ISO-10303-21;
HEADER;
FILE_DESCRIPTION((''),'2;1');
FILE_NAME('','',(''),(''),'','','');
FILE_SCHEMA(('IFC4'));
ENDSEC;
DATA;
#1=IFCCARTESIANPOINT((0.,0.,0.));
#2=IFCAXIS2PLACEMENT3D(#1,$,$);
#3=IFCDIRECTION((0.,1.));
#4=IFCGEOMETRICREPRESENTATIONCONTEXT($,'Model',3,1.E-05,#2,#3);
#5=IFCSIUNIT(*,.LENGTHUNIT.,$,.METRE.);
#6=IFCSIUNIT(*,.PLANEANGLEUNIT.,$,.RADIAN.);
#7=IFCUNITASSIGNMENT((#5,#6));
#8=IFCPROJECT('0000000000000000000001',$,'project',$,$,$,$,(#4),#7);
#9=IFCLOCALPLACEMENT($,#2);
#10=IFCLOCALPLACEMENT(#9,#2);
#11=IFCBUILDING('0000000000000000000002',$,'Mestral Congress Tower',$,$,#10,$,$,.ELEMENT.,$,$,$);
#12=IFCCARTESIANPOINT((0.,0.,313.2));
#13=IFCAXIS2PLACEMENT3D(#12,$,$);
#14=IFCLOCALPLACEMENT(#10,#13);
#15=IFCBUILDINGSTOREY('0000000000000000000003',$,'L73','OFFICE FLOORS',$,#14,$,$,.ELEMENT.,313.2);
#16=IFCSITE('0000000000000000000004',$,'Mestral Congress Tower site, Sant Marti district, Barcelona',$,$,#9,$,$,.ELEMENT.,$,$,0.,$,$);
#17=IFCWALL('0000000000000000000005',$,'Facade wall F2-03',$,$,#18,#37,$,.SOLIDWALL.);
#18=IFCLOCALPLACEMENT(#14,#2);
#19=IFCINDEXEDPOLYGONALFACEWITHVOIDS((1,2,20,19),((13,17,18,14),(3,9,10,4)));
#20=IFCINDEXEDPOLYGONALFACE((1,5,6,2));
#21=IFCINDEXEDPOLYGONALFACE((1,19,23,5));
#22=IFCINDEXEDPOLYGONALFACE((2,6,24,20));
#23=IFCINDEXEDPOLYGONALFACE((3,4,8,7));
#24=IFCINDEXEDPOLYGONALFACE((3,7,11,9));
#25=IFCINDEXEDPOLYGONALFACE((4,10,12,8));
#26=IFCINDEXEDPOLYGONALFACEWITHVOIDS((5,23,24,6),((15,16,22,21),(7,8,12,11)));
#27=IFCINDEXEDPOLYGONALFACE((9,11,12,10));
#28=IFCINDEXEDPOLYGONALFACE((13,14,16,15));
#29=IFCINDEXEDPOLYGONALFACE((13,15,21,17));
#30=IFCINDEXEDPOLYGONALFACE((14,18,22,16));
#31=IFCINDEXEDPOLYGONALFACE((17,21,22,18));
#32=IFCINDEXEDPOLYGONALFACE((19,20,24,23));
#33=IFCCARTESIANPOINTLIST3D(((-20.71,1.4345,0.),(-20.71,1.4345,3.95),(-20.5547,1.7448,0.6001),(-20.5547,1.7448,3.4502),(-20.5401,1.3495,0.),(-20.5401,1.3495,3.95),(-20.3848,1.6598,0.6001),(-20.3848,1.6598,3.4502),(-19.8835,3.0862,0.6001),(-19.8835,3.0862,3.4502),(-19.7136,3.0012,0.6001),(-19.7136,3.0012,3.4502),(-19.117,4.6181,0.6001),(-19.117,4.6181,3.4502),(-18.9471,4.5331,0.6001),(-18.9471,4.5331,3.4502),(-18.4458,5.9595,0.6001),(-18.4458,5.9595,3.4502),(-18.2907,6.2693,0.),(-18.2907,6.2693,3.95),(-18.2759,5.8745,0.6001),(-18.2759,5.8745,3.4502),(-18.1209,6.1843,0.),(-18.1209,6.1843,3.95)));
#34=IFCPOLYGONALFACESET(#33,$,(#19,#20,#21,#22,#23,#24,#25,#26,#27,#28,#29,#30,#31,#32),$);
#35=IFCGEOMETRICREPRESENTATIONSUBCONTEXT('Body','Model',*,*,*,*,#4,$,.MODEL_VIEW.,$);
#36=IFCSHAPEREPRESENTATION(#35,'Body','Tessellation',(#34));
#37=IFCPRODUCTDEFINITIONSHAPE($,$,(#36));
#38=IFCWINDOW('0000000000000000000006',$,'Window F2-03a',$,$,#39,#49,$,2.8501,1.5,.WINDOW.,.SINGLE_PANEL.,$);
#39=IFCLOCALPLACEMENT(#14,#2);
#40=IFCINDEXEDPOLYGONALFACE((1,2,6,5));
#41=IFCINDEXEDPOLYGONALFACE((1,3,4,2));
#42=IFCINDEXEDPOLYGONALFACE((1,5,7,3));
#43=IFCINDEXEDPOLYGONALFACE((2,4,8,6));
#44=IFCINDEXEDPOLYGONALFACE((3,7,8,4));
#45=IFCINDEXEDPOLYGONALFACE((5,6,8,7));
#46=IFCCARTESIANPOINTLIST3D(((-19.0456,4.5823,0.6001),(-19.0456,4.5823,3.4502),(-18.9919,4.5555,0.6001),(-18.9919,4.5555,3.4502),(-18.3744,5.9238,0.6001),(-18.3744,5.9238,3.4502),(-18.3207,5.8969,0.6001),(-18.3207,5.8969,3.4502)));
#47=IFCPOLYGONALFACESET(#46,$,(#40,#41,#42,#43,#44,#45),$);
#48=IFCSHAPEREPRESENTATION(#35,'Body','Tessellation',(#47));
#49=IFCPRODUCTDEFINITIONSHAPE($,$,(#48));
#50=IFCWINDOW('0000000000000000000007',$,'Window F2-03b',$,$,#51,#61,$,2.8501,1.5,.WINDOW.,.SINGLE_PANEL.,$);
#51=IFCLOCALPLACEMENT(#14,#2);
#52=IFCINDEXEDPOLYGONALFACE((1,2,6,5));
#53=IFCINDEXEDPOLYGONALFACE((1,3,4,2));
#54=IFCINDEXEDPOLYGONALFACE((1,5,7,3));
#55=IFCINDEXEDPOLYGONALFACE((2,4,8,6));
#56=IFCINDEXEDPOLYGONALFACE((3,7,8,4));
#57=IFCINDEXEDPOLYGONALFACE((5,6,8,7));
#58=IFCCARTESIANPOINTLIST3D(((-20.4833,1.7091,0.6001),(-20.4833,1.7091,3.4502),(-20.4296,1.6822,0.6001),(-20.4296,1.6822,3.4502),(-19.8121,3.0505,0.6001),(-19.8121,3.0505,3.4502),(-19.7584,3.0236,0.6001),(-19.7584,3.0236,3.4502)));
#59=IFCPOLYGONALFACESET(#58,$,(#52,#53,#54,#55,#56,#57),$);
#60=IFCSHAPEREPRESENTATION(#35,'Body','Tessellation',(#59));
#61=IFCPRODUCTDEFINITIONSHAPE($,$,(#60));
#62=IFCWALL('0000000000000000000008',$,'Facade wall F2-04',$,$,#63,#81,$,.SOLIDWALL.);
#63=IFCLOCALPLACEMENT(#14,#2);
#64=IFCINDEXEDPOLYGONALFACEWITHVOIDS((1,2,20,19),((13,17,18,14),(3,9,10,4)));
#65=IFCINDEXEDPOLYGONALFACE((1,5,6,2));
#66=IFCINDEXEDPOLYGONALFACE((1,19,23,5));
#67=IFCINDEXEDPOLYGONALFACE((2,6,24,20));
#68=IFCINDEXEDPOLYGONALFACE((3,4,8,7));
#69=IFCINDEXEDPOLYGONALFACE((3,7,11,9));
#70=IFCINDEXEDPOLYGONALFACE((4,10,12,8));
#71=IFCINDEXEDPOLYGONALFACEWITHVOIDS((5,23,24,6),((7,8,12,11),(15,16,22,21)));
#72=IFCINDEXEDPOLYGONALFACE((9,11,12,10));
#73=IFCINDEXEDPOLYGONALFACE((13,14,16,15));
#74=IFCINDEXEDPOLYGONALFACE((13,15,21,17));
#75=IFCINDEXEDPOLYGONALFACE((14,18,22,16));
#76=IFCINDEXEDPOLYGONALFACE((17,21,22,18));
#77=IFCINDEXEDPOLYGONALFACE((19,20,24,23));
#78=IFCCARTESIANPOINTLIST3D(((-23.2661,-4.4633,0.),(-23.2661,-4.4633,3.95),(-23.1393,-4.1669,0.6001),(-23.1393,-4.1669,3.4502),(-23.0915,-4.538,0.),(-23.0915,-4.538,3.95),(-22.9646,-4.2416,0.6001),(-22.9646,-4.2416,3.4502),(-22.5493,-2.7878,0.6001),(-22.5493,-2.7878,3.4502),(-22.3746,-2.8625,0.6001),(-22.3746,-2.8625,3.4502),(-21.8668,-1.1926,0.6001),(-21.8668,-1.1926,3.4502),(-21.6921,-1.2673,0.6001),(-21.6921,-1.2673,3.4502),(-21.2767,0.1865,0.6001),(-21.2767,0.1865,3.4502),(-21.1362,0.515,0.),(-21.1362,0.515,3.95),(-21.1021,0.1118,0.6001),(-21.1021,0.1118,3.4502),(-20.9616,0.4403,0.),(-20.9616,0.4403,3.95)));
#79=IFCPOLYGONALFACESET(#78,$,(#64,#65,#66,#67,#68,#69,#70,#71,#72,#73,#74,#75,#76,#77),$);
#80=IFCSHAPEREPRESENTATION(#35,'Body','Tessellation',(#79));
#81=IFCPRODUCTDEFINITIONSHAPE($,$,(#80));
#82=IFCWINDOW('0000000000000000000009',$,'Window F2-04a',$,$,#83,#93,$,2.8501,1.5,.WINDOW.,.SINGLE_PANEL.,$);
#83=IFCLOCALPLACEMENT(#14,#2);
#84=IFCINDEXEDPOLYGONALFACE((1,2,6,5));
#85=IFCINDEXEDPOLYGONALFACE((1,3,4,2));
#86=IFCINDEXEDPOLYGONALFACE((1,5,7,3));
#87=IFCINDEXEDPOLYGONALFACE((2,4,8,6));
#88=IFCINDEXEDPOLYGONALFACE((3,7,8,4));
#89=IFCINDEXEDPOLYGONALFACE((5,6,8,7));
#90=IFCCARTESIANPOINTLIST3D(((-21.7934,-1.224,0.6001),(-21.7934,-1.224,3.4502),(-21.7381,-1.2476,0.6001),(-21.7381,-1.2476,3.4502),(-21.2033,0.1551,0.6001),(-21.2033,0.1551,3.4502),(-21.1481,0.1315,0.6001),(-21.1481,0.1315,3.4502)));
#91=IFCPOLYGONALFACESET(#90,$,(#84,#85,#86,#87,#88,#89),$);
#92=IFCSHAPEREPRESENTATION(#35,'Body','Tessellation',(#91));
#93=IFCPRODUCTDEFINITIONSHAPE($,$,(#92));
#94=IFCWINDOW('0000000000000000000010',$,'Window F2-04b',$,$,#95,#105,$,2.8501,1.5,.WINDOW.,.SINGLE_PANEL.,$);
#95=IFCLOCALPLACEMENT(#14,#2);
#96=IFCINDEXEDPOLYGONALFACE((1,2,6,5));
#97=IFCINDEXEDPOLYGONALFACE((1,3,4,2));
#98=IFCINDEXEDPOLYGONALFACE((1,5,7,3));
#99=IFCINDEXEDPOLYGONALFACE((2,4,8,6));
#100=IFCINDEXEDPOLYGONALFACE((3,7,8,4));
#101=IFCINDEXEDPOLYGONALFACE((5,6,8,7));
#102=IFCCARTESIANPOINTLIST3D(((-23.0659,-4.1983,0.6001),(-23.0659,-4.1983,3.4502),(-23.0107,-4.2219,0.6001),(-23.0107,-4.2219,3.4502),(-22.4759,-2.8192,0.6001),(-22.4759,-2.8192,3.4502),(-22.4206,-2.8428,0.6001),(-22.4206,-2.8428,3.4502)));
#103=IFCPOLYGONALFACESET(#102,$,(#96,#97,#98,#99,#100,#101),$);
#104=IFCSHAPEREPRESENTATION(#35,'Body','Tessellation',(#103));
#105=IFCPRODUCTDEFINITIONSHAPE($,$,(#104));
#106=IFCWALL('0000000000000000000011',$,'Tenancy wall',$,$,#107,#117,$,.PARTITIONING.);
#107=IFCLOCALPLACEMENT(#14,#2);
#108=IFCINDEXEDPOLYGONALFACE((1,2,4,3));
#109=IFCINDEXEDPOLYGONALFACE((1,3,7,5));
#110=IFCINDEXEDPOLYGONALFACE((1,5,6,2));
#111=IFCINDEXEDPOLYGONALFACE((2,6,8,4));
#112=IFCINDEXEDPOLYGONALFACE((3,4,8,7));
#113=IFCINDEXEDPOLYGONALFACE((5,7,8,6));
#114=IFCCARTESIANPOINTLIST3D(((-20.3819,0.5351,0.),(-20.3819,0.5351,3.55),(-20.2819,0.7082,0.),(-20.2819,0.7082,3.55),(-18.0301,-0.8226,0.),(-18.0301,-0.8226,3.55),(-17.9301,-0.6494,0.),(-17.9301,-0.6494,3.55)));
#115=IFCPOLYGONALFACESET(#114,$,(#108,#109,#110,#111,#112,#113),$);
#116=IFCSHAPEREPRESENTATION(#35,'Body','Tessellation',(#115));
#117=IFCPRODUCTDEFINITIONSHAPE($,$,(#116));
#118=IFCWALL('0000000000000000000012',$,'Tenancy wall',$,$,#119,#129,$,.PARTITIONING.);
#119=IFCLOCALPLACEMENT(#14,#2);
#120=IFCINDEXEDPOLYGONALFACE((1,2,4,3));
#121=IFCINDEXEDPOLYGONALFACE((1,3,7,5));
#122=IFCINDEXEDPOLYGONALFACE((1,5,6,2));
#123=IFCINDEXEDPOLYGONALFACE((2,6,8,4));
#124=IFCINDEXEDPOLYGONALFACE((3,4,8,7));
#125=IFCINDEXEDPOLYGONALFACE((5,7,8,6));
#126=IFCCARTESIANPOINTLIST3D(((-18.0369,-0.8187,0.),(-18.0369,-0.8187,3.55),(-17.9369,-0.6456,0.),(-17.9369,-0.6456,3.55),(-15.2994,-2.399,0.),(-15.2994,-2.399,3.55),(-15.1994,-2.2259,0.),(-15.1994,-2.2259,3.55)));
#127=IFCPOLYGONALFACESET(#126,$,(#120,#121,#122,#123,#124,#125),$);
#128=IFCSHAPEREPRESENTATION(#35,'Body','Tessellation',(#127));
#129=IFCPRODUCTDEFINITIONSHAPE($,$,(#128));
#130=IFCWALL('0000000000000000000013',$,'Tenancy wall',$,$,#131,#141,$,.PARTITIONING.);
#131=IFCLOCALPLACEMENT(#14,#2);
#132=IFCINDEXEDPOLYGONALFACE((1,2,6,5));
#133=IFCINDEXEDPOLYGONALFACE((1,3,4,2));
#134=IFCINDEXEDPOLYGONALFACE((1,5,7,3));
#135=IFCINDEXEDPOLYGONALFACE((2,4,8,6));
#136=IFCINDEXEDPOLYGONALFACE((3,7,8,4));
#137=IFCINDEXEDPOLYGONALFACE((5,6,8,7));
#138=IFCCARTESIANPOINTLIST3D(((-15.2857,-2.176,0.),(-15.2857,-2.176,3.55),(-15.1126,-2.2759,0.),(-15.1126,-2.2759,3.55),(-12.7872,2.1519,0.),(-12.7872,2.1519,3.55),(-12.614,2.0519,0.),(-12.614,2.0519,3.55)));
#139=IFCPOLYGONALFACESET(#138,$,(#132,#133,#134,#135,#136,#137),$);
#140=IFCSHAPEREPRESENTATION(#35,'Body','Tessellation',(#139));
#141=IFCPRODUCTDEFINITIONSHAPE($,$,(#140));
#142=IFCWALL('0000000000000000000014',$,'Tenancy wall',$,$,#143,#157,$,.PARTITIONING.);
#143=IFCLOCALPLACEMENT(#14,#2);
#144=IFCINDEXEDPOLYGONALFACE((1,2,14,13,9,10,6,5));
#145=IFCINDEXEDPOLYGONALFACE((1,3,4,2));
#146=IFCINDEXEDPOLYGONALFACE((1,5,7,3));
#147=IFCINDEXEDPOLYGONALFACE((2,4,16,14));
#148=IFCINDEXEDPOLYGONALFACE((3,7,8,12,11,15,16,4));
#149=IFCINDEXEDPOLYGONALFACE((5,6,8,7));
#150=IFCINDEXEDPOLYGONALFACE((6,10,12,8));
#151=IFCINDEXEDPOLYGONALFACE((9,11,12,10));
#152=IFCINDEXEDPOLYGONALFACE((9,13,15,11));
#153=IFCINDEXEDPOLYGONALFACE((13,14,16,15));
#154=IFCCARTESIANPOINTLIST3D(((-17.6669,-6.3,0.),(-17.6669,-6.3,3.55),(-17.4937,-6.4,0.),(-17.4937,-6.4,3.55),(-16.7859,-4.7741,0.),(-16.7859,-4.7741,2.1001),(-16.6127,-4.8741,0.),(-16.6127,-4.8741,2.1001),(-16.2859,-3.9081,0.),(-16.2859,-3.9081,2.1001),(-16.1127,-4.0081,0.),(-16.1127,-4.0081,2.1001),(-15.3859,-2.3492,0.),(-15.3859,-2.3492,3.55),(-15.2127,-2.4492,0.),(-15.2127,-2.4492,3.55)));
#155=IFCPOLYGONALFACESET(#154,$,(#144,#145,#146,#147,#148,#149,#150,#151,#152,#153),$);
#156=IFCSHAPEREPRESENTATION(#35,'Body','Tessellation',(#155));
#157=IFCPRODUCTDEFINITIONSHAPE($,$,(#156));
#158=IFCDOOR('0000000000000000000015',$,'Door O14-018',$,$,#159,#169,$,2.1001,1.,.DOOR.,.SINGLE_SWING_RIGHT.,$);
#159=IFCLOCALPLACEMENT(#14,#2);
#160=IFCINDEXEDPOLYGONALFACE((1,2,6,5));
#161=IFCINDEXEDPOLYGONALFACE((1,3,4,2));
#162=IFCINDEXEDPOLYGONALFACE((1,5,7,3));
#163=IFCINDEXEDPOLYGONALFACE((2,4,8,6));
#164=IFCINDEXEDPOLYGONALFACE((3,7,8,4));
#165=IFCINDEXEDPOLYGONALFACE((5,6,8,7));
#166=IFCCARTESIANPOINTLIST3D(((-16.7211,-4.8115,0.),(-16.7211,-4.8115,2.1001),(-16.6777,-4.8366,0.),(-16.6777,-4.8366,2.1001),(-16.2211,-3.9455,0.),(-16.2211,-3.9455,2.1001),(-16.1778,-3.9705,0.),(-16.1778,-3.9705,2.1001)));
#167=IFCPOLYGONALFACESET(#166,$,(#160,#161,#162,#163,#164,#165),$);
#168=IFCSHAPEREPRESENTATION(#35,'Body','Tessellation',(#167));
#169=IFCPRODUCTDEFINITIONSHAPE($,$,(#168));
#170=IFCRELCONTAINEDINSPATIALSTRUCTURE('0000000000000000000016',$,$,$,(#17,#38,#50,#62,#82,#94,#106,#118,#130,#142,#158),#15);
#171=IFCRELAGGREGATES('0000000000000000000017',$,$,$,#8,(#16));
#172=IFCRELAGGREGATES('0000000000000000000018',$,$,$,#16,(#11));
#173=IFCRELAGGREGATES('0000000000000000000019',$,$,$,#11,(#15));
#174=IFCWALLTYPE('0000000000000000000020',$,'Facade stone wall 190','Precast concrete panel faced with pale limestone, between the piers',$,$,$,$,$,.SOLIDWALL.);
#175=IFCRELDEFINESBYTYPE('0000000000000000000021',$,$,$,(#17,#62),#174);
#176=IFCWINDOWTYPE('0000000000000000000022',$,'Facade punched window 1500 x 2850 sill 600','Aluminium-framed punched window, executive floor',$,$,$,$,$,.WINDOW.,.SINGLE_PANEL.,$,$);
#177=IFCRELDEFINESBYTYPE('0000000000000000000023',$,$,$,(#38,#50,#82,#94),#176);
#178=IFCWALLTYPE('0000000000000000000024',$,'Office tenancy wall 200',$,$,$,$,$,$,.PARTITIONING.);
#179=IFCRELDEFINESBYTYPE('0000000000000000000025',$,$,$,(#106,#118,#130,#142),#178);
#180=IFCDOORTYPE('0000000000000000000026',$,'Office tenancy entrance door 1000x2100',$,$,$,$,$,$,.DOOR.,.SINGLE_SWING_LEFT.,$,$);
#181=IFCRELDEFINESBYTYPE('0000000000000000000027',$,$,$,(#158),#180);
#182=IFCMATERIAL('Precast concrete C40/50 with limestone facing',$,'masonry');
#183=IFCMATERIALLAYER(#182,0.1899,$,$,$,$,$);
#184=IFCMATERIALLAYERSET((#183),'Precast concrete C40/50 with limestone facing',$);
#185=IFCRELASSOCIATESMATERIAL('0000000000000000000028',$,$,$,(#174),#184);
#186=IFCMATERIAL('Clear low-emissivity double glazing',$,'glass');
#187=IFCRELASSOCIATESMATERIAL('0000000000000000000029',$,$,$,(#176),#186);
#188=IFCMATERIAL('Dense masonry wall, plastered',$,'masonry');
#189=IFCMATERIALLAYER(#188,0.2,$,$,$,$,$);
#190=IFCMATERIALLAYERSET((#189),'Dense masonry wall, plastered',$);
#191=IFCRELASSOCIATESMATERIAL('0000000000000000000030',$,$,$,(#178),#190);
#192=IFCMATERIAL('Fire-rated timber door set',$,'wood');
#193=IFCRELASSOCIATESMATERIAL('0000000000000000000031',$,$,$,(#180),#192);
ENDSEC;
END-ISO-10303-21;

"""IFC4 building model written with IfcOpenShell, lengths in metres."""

from ifc_helpers import new_model, si_unit, direction, frame, frame_2d, origin, place, context, subcontext, project, spatial, rectangle, extrude, material, layer, layer_set, type_object, element, fill, save


model = new_model("IFC4")

# Units and contexts
model_context = context("Model", 3, precision=1e-05, world=origin(), true_north=direction((0.0, 1.0)))
body_context = subcontext(model_context, "Body", "Model", "MODEL_VIEW")
ifc_project = project(units=[si_unit("LENGTHUNIT", "METRE"), si_unit("PLANEANGLEUNIT", "RADIAN")], contexts=[model_context])

# Site, building, storey
site_placement = place(None, origin())
site = spatial("IfcSite", under=ifc_project, at=site_placement, Name="Mestral Congress Tower site, Sant Marti district, Barcelona", CompositionType="ELEMENT", RefElevation=0.0)
building_placement = place(site_placement, origin())
building = spatial("IfcBuilding", under=site, at=building_placement, Name="Mestral Congress Tower", CompositionType="ELEMENT")
storey_placement = place(building_placement, frame((0.0, 0.0, 313.2)))
storey = spatial("IfcBuildingStorey", under=building, at=storey_placement, Name="L73", Description="OFFICE FLOORS", CompositionType="ELEMENT", Elevation=313.2)

# Walls, openings, windows
ifc_material_1 = material(Name="Precast concrete C40/50 with limestone facing", Category="masonry")
ifc_layer_1 = layer(ifc_material_1, 0.1899)
ifc_layer_set_1 = layer_set([ifc_layer_1], Name="Precast concrete C40/50 with limestone facing")
wall_type_1 = type_object("IfcWallType", Name="Facade stone wall 190", Description="Precast concrete panel faced with pale limestone, between the piers", PredefinedType="SOLIDWALL", material=ifc_layer_set_1)
wall_1_placement = place(storey_placement, frame((-18.2058, 6.2268, 0.0), z_axis=(0.0, 0.0, 1.0), x_axis=(-0.447485, -0.894292, 0.0)))
wall_1 = element("IfcWall", 1, at=wall_1_placement, inside=storey, type_object=wall_type_1, Name="Facade wall F2-03", PredefinedType="SOLIDWALL", context=body_context, shape_type="SweptSolid", body=[
    extrude(rectangle(XDim=5.4062, YDim=0.1899, at=frame_2d((2.7031, 0.0))), origin(), (0.0, 0.0, 1.0), 3.95),
])
opening_1_placement = place(wall_1_placement, frame((0.3464, 0.0, 0.6001)))
opening_1 = element("IfcOpeningElement", 2, at=opening_1_placement, cuts=wall_1, PredefinedType="OPENING", context=body_context, shape_type="SweptSolid", body=[
    extrude(rectangle(XDim=1.5, YDim=2.8501, at=frame_2d((0.75, 1.425))), frame((0.0, 0.105, 0.0), z_axis=(0.0, -1.0, 0.0), x_axis=(1.0, 0.0, 0.0)), (0.0, 0.0, 1.0), 0.21),
])
opening_2_placement = place(wall_1_placement, frame((3.5593, 0.0, 0.6001)))
opening_2 = element("IfcOpeningElement", 3, at=opening_2_placement, cuts=wall_1, PredefinedType="OPENING", context=body_context, shape_type="SweptSolid", body=[
    extrude(rectangle(XDim=1.5, YDim=2.8501, at=frame_2d((0.75, 1.425))), frame((0.0, 0.105, 0.0), z_axis=(0.0, -1.0, 0.0), x_axis=(1.0, 0.0, 0.0)), (0.0, 0.0, 1.0), 0.21),
])
ifc_material_2 = material(Name="Clear low-emissivity double glazing", Category="glass")
window_type = type_object("IfcWindowType", Name="Facade punched window 1500 x 2850 sill 600", Description="Aluminium-framed punched window, executive floor", PartitioningType="SINGLE_PANEL", PredefinedType="WINDOW", material=ifc_material_2)
window_1_placement = place(opening_1_placement, origin())
window_1 = element("IfcWindow", 4, at=window_1_placement, inside=storey, type_object=window_type, Name="Window F2-03a", OverallHeight=2.8501, OverallWidth=1.5, PartitioningType="SINGLE_PANEL", PredefinedType="WINDOW", context=body_context, shape_type="SweptSolid", body=[
    extrude(rectangle(XDim=1.5, YDim=2.8501, at=frame_2d((0.75, 1.425))), frame((0.0, 0.0449, 0.0), z_axis=(0.0, -1.0, 0.0), x_axis=(1.0, 0.0, 0.0)), (0.0, 0.0, 1.0), 0.0601),
])
fill(opening_1, window_1)
window_2_placement = place(opening_2_placement, origin())
window_2 = element("IfcWindow", 5, at=window_2_placement, inside=storey, type_object=window_type, Name="Window F2-03b", OverallHeight=2.8501, OverallWidth=1.5, PartitioningType="SINGLE_PANEL", PredefinedType="WINDOW", context=body_context, shape_type="SweptSolid", body=[
    extrude(rectangle(XDim=1.5, YDim=2.8501, at=frame_2d((0.75, 1.425))), frame((0.0, 0.0449, 0.0), z_axis=(0.0, -1.0, 0.0), x_axis=(1.0, 0.0, 0.0)), (0.0, 0.0, 1.0), 0.0601),
])
fill(opening_2, window_2)
wall_2_placement = place(storey_placement, frame((-21.0488, 0.4778, 0.0), z_axis=(0.0, 0.0, 1.0), x_axis=(-0.393348, -0.91939, 0.0)))
wall_2 = element("IfcWall", 6, at=wall_2_placement, inside=storey, type_object=wall_type_1, Name="Facade wall F2-04", PredefinedType="SOLIDWALL", context=body_context, shape_type="SweptSolid", body=[
    extrude(rectangle(XDim=5.4148, YDim=0.1899, at=frame_2d((2.7075, 0.0))), origin(), (0.0, 0.0, 1.0), 3.95),
])
opening_3_placement = place(wall_2_placement, frame((0.3574, 0.0, 0.6001)))
opening_3 = element("IfcOpeningElement", 7, at=opening_3_placement, cuts=wall_2, PredefinedType="OPENING", context=body_context, shape_type="SweptSolid", body=[
    extrude(rectangle(XDim=1.5, YDim=2.8501, at=frame_2d((0.75, 1.425))), frame((0.0, 0.105, 0.0), z_axis=(0.0, -1.0, 0.0), x_axis=(1.0, 0.0, 0.0)), (0.0, 0.0, 1.0), 0.21),
])
opening_4_placement = place(wall_2_placement, frame((3.5925, 0.0, 0.6001)))
opening_4 = element("IfcOpeningElement", 8, at=opening_4_placement, cuts=wall_2, PredefinedType="OPENING", context=body_context, shape_type="SweptSolid", body=[
    extrude(rectangle(XDim=1.5, YDim=2.8501, at=frame_2d((0.75, 1.425))), frame((0.0, 0.105, 0.0), z_axis=(0.0, -1.0, 0.0), x_axis=(1.0, 0.0, 0.0)), (0.0, 0.0, 1.0), 0.21),
])
window_3_placement = place(opening_3_placement, origin())
window_3 = element("IfcWindow", 9, at=window_3_placement, inside=storey, type_object=window_type, Name="Window F2-04a", OverallHeight=2.8501, OverallWidth=1.5, PartitioningType="SINGLE_PANEL", PredefinedType="WINDOW", context=body_context, shape_type="SweptSolid", body=[
    extrude(rectangle(XDim=1.5, YDim=2.8501, at=frame_2d((0.75, 1.425))), frame((0.0, 0.0449, 0.0), z_axis=(0.0, -1.0, 0.0), x_axis=(1.0, 0.0, 0.0)), (0.0, 0.0, 1.0), 0.0601),
])
fill(opening_3, window_3)
window_4_placement = place(opening_4_placement, origin())
window_4 = element("IfcWindow", 10, at=window_4_placement, inside=storey, type_object=window_type, Name="Window F2-04b", OverallHeight=2.8501, OverallWidth=1.5, PartitioningType="SINGLE_PANEL", PredefinedType="WINDOW", context=body_context, shape_type="SweptSolid", body=[
    extrude(rectangle(XDim=1.5, YDim=2.8501, at=frame_2d((0.75, 1.425))), frame((0.0, 0.0449, 0.0), z_axis=(0.0, -1.0, 0.0), x_axis=(1.0, 0.0, 0.0)), (0.0, 0.0, 1.0), 0.0601),
])
fill(opening_4, window_4)

# Walls
ifc_material_3 = material(Name="Dense masonry wall, plastered", Category="masonry")
ifc_layer_2 = layer(ifc_material_3, 0.2)
ifc_layer_set_2 = layer_set([ifc_layer_2], Name="Dense masonry wall, plastered")
wall_type_2 = type_object("IfcWallType", Name="Office tenancy wall 200", PredefinedType="PARTITIONING", material=ifc_layer_set_2)
wall_3_placement = place(storey_placement, frame((-17.98, -0.7361, 0.0), z_axis=(0.0, 0.0, 1.0), x_axis=(-0.866049, 0.499959, 0.0)))
element("IfcWall", 11, at=wall_3_placement, inside=storey, type_object=wall_type_2, Name="Tenancy wall", PredefinedType="PARTITIONING", context=body_context, shape_type="SweptSolid", body=[
    extrude(rectangle(XDim=2.7156, YDim=0.2, at=frame_2d((1.3579, 0.0))), origin(), (0.0, 0.0, 1.0), 3.55),
])
wall_4_placement = place(storey_placement, frame((-15.2493, -2.3125, 0.0), z_axis=(0.0, 0.0, 1.0), x_axis=(-0.866053, 0.499952, 0.0)))
element("IfcWall", 12, at=wall_4_placement, inside=storey, type_object=wall_type_2, Name="Tenancy wall", PredefinedType="PARTITIONING", context=body_context, shape_type="SweptSolid", body=[
    extrude(rectangle(XDim=3.1609, YDim=0.2, at=frame_2d((1.5806, 0.0))), origin(), (0.0, 0.0, 1.0), 3.55),
])
wall_5_placement = place(storey_placement, frame((-12.7007, 2.1018, 0.0), z_axis=(0.0, 0.0, 1.0), x_axis=(-0.499975, -0.86604, 0.0)))
element("IfcWall", 13, at=wall_5_placement, inside=storey, type_object=wall_type_2, Name="Tenancy wall", PredefinedType="PARTITIONING", context=body_context, shape_type="SweptSolid", body=[
    extrude(rectangle(XDim=4.9973, YDim=0.2, at=frame_2d((2.4985, 0.0))), origin(), (0.0, 0.0, 1.0), 3.55),
])

# Wall, opening, door
wall_6_placement = place(storey_placement, frame((-15.2993, -2.3992, 0.0), z_axis=(0.0, 0.0, 1.0), x_axis=(-0.49999, -0.866031, 0.0)))
wall_6 = element("IfcWall", 14, at=wall_6_placement, inside=storey, type_object=wall_type_2, Name="Tenancy wall", PredefinedType="PARTITIONING", context=body_context, shape_type="SweptSolid", body=[
    extrude(rectangle(XDim=4.562, YDim=0.2, at=frame_2d((2.281, 0.0))), origin(), (0.0, 0.0, 1.0), 3.55),
])
opening_5_placement = place(wall_6_placement, frame((1.8, 0.0, 0.0)))
opening_5 = element("IfcOpeningElement", 15, at=opening_5_placement, cuts=wall_6, PredefinedType="OPENING", context=body_context, shape_type="SweptSolid", body=[
    extrude(rectangle(XDim=1.0, YDim=2.1001, at=frame_2d((0.5, 1.05))), frame((0.0, 0.1099, 0.0), z_axis=(0.0, -1.0, 0.0), x_axis=(1.0, 0.0, 0.0)), (0.0, 0.0, 1.0), 0.22),
])
ifc_material_4 = material(Name="Fire-rated timber door set", Category="wood")
door_type_1 = type_object("IfcDoorType", Name="Office tenancy entrance door 1000x2100", OperationType="SINGLE_SWING_LEFT", PredefinedType="DOOR", material=ifc_material_4)
door_1_placement = place(opening_5_placement, origin())
door_1 = element("IfcDoor", 16, at=door_1_placement, inside=storey, type_object=door_type_1, Name="Door O14-018", OperationType="SINGLE_SWING_RIGHT", OverallHeight=2.1001, OverallWidth=1.0, PredefinedType="DOOR", context=body_context, shape_type="SweptSolid", body=[
    extrude(rectangle(XDim=1.0, YDim=2.1001, at=frame_2d((0.5, 1.05))), frame((0.0, 0.0249, 0.0), z_axis=(0.0, -1.0, 0.0), x_axis=(1.0, 0.0, 0.0)), (0.0, 0.0, 1.0), 0.05),
])
fill(opening_5, door_1)

save(model, "model.ifc")
